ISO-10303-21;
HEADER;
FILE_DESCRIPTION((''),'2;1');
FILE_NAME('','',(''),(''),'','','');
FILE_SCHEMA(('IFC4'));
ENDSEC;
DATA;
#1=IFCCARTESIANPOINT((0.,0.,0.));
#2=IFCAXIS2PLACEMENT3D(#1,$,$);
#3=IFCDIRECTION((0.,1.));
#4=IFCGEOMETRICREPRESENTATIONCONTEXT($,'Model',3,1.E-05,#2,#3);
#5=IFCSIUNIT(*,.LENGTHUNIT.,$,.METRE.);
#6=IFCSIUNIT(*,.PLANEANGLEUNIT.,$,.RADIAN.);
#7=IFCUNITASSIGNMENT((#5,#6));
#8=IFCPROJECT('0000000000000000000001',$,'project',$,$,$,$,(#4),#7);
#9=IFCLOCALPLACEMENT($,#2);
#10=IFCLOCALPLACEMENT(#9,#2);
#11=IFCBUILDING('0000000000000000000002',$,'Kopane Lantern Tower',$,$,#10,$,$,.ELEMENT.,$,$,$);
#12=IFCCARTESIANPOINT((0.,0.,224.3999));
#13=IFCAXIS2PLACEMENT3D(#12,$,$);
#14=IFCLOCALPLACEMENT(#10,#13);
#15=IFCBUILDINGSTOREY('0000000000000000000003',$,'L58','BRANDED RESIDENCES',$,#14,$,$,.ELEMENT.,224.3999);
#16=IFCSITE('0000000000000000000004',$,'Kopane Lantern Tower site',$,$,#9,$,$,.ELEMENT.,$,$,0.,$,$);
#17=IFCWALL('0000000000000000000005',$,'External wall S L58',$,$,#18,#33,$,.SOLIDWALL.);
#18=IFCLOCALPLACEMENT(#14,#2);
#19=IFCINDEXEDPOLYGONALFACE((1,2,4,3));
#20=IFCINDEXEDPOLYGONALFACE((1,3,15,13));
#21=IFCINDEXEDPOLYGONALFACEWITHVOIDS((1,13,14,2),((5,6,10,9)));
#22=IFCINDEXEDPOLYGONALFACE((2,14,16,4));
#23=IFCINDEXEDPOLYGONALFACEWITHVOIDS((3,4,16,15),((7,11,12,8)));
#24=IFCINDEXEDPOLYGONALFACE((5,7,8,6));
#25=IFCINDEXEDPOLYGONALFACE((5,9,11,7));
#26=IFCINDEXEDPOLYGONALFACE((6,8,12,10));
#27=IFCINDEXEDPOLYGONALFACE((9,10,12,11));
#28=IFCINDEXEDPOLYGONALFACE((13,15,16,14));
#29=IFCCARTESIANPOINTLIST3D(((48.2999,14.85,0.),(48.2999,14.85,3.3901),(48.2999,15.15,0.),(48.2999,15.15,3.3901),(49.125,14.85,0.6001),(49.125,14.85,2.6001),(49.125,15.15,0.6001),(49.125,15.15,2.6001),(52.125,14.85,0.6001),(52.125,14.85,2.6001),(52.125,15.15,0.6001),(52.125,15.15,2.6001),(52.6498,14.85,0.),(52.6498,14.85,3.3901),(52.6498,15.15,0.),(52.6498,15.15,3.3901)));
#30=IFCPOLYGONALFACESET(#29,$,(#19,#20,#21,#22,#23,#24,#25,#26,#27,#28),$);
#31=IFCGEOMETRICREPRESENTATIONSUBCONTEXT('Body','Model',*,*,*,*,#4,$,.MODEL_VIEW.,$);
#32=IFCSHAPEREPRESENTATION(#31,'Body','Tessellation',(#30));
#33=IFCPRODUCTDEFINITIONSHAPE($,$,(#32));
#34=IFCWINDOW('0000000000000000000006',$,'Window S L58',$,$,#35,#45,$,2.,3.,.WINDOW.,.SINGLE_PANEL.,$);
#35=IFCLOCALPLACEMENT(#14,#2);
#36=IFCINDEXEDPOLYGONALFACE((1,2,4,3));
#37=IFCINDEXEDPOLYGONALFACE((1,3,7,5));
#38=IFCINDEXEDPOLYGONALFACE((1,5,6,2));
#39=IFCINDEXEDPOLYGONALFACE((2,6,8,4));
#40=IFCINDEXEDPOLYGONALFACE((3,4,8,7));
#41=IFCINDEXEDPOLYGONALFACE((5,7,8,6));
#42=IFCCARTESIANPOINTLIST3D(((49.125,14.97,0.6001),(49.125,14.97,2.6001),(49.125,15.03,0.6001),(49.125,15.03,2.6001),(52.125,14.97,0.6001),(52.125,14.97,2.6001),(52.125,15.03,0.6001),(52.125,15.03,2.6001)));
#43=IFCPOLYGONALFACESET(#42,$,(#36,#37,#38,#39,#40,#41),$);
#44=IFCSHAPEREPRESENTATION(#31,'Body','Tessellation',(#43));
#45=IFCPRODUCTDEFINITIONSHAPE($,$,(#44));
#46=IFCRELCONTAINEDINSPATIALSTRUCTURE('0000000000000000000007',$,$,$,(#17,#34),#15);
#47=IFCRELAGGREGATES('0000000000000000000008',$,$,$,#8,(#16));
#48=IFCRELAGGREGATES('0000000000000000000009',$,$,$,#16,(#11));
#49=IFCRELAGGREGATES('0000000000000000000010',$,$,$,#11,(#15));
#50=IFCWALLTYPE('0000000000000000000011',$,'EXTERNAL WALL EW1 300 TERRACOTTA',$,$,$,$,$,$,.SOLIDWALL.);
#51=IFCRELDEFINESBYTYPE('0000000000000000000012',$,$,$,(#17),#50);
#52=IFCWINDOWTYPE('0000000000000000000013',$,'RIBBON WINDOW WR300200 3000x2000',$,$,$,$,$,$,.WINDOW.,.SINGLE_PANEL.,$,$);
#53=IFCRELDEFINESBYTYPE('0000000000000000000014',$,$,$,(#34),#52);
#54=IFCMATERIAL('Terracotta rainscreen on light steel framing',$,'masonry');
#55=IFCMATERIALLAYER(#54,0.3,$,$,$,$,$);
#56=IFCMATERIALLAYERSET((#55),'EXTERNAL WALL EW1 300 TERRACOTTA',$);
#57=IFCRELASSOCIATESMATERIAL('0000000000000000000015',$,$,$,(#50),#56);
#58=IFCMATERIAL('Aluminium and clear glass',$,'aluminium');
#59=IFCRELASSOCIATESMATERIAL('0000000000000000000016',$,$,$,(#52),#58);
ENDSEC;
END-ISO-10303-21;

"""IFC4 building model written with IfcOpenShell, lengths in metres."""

from ifc_helpers import new_model, si_unit, direction, frame, frame_2d, origin, place, context, subcontext, project, spatial, rectangle, extrude, material, layer, layer_set, type_object, element, fill, save


model = new_model("IFC4")

# Units and contexts
model_context = context("Model", 3, precision=1e-05, world=origin(), true_north=direction((0.0, 1.0)))
body_context = subcontext(model_context, "Body", "Model", "MODEL_VIEW")
ifc_project = project(units=[si_unit("LENGTHUNIT", "METRE"), si_unit("PLANEANGLEUNIT", "RADIAN")], contexts=[model_context])

# Site, building, storey
site_placement = place(None, origin())
site = spatial("IfcSite", under=ifc_project, at=site_placement, Name="Kopane Lantern Tower site", CompositionType="ELEMENT", RefElevation=0.0)
building_placement = place(site_placement, origin())
building = spatial("IfcBuilding", under=site, at=building_placement, Name="Kopane Lantern Tower", CompositionType="ELEMENT")
storey_placement = place(building_placement, frame((0.0, 0.0, 224.3999)))
storey = spatial("IfcBuildingStorey", under=building, at=storey_placement, Name="L58", Description="BRANDED RESIDENCES", CompositionType="ELEMENT", Elevation=224.3999)

# Wall, opening, window
ifc_material_1 = material(Name="Terracotta rainscreen on light steel framing", Category="masonry")
ifc_layer_1 = layer(ifc_material_1, 0.3)
ifc_layer_set_1 = layer_set([ifc_layer_1], Name="EXTERNAL WALL EW1 300 TERRACOTTA")
wall_type_1 = type_object("IfcWallType", Name="EXTERNAL WALL EW1 300 TERRACOTTA", PredefinedType="SOLIDWALL", material=ifc_layer_set_1)
ifc_material_2 = material(Name="Aluminium and clear glass", Category="aluminium")
window_type = type_object("IfcWindowType", Name="RIBBON WINDOW WR300200 3000x2000", PartitioningType="SINGLE_PANEL", PredefinedType="WINDOW", material=ifc_material_2)
wall_1_placement = place(storey_placement, frame((48.3, 15.0, 0.0), z_axis=(0.0, 0.0, 1.0), x_axis=(1.0, 0.0, 0.0)))
wall_1 = element("IfcWall", 1, at=wall_1_placement, inside=storey, type_object=wall_type_1, Name="External wall S L58", PredefinedType="SOLIDWALL", context=body_context, shape_type="SweptSolid", body=[
    extrude(rectangle(XDim=4.3499, YDim=0.3, at=frame_2d((2.1748, 0.0))), origin(), (0.0, 0.0, 1.0), 3.3901),
])
opening_1_placement = place(wall_1_placement, frame((0.825, 0.0, 0.6001)))
opening_1 = element("IfcOpeningElement", 2, at=opening_1_placement, cuts=wall_1, PredefinedType="OPENING", context=body_context, shape_type="SweptSolid", body=[
    extrude(rectangle(XDim=3.0, YDim=2.0, at=frame_2d((1.5, 1.0))), frame((0.0, 0.1599, 0.0), z_axis=(0.0, -1.0, 0.0), x_axis=(1.0, 0.0, 0.0)), (0.0, 0.0, 1.0), 0.3201),
])
window_1_placement = place(opening_1_placement, origin())
window_1 = element("IfcWindow", 3, at=window_1_placement, inside=storey, type_object=window_type, Name="Window S L58", OverallHeight=2.0, OverallWidth=3.0, PartitioningType="SINGLE_PANEL", PredefinedType="WINDOW", context=body_context, shape_type="SweptSolid", body=[
    extrude(rectangle(XDim=3.0, YDim=2.0, at=frame_2d((1.5, 1.0))), frame((0.0, 0.03, 0.0), z_axis=(0.0, -1.0, 0.0), x_axis=(1.0, 0.0, 0.0)), (0.0, 0.0, 1.0), 0.0601),
])
fill(opening_1, window_1)

save(model, "model.ifc")
